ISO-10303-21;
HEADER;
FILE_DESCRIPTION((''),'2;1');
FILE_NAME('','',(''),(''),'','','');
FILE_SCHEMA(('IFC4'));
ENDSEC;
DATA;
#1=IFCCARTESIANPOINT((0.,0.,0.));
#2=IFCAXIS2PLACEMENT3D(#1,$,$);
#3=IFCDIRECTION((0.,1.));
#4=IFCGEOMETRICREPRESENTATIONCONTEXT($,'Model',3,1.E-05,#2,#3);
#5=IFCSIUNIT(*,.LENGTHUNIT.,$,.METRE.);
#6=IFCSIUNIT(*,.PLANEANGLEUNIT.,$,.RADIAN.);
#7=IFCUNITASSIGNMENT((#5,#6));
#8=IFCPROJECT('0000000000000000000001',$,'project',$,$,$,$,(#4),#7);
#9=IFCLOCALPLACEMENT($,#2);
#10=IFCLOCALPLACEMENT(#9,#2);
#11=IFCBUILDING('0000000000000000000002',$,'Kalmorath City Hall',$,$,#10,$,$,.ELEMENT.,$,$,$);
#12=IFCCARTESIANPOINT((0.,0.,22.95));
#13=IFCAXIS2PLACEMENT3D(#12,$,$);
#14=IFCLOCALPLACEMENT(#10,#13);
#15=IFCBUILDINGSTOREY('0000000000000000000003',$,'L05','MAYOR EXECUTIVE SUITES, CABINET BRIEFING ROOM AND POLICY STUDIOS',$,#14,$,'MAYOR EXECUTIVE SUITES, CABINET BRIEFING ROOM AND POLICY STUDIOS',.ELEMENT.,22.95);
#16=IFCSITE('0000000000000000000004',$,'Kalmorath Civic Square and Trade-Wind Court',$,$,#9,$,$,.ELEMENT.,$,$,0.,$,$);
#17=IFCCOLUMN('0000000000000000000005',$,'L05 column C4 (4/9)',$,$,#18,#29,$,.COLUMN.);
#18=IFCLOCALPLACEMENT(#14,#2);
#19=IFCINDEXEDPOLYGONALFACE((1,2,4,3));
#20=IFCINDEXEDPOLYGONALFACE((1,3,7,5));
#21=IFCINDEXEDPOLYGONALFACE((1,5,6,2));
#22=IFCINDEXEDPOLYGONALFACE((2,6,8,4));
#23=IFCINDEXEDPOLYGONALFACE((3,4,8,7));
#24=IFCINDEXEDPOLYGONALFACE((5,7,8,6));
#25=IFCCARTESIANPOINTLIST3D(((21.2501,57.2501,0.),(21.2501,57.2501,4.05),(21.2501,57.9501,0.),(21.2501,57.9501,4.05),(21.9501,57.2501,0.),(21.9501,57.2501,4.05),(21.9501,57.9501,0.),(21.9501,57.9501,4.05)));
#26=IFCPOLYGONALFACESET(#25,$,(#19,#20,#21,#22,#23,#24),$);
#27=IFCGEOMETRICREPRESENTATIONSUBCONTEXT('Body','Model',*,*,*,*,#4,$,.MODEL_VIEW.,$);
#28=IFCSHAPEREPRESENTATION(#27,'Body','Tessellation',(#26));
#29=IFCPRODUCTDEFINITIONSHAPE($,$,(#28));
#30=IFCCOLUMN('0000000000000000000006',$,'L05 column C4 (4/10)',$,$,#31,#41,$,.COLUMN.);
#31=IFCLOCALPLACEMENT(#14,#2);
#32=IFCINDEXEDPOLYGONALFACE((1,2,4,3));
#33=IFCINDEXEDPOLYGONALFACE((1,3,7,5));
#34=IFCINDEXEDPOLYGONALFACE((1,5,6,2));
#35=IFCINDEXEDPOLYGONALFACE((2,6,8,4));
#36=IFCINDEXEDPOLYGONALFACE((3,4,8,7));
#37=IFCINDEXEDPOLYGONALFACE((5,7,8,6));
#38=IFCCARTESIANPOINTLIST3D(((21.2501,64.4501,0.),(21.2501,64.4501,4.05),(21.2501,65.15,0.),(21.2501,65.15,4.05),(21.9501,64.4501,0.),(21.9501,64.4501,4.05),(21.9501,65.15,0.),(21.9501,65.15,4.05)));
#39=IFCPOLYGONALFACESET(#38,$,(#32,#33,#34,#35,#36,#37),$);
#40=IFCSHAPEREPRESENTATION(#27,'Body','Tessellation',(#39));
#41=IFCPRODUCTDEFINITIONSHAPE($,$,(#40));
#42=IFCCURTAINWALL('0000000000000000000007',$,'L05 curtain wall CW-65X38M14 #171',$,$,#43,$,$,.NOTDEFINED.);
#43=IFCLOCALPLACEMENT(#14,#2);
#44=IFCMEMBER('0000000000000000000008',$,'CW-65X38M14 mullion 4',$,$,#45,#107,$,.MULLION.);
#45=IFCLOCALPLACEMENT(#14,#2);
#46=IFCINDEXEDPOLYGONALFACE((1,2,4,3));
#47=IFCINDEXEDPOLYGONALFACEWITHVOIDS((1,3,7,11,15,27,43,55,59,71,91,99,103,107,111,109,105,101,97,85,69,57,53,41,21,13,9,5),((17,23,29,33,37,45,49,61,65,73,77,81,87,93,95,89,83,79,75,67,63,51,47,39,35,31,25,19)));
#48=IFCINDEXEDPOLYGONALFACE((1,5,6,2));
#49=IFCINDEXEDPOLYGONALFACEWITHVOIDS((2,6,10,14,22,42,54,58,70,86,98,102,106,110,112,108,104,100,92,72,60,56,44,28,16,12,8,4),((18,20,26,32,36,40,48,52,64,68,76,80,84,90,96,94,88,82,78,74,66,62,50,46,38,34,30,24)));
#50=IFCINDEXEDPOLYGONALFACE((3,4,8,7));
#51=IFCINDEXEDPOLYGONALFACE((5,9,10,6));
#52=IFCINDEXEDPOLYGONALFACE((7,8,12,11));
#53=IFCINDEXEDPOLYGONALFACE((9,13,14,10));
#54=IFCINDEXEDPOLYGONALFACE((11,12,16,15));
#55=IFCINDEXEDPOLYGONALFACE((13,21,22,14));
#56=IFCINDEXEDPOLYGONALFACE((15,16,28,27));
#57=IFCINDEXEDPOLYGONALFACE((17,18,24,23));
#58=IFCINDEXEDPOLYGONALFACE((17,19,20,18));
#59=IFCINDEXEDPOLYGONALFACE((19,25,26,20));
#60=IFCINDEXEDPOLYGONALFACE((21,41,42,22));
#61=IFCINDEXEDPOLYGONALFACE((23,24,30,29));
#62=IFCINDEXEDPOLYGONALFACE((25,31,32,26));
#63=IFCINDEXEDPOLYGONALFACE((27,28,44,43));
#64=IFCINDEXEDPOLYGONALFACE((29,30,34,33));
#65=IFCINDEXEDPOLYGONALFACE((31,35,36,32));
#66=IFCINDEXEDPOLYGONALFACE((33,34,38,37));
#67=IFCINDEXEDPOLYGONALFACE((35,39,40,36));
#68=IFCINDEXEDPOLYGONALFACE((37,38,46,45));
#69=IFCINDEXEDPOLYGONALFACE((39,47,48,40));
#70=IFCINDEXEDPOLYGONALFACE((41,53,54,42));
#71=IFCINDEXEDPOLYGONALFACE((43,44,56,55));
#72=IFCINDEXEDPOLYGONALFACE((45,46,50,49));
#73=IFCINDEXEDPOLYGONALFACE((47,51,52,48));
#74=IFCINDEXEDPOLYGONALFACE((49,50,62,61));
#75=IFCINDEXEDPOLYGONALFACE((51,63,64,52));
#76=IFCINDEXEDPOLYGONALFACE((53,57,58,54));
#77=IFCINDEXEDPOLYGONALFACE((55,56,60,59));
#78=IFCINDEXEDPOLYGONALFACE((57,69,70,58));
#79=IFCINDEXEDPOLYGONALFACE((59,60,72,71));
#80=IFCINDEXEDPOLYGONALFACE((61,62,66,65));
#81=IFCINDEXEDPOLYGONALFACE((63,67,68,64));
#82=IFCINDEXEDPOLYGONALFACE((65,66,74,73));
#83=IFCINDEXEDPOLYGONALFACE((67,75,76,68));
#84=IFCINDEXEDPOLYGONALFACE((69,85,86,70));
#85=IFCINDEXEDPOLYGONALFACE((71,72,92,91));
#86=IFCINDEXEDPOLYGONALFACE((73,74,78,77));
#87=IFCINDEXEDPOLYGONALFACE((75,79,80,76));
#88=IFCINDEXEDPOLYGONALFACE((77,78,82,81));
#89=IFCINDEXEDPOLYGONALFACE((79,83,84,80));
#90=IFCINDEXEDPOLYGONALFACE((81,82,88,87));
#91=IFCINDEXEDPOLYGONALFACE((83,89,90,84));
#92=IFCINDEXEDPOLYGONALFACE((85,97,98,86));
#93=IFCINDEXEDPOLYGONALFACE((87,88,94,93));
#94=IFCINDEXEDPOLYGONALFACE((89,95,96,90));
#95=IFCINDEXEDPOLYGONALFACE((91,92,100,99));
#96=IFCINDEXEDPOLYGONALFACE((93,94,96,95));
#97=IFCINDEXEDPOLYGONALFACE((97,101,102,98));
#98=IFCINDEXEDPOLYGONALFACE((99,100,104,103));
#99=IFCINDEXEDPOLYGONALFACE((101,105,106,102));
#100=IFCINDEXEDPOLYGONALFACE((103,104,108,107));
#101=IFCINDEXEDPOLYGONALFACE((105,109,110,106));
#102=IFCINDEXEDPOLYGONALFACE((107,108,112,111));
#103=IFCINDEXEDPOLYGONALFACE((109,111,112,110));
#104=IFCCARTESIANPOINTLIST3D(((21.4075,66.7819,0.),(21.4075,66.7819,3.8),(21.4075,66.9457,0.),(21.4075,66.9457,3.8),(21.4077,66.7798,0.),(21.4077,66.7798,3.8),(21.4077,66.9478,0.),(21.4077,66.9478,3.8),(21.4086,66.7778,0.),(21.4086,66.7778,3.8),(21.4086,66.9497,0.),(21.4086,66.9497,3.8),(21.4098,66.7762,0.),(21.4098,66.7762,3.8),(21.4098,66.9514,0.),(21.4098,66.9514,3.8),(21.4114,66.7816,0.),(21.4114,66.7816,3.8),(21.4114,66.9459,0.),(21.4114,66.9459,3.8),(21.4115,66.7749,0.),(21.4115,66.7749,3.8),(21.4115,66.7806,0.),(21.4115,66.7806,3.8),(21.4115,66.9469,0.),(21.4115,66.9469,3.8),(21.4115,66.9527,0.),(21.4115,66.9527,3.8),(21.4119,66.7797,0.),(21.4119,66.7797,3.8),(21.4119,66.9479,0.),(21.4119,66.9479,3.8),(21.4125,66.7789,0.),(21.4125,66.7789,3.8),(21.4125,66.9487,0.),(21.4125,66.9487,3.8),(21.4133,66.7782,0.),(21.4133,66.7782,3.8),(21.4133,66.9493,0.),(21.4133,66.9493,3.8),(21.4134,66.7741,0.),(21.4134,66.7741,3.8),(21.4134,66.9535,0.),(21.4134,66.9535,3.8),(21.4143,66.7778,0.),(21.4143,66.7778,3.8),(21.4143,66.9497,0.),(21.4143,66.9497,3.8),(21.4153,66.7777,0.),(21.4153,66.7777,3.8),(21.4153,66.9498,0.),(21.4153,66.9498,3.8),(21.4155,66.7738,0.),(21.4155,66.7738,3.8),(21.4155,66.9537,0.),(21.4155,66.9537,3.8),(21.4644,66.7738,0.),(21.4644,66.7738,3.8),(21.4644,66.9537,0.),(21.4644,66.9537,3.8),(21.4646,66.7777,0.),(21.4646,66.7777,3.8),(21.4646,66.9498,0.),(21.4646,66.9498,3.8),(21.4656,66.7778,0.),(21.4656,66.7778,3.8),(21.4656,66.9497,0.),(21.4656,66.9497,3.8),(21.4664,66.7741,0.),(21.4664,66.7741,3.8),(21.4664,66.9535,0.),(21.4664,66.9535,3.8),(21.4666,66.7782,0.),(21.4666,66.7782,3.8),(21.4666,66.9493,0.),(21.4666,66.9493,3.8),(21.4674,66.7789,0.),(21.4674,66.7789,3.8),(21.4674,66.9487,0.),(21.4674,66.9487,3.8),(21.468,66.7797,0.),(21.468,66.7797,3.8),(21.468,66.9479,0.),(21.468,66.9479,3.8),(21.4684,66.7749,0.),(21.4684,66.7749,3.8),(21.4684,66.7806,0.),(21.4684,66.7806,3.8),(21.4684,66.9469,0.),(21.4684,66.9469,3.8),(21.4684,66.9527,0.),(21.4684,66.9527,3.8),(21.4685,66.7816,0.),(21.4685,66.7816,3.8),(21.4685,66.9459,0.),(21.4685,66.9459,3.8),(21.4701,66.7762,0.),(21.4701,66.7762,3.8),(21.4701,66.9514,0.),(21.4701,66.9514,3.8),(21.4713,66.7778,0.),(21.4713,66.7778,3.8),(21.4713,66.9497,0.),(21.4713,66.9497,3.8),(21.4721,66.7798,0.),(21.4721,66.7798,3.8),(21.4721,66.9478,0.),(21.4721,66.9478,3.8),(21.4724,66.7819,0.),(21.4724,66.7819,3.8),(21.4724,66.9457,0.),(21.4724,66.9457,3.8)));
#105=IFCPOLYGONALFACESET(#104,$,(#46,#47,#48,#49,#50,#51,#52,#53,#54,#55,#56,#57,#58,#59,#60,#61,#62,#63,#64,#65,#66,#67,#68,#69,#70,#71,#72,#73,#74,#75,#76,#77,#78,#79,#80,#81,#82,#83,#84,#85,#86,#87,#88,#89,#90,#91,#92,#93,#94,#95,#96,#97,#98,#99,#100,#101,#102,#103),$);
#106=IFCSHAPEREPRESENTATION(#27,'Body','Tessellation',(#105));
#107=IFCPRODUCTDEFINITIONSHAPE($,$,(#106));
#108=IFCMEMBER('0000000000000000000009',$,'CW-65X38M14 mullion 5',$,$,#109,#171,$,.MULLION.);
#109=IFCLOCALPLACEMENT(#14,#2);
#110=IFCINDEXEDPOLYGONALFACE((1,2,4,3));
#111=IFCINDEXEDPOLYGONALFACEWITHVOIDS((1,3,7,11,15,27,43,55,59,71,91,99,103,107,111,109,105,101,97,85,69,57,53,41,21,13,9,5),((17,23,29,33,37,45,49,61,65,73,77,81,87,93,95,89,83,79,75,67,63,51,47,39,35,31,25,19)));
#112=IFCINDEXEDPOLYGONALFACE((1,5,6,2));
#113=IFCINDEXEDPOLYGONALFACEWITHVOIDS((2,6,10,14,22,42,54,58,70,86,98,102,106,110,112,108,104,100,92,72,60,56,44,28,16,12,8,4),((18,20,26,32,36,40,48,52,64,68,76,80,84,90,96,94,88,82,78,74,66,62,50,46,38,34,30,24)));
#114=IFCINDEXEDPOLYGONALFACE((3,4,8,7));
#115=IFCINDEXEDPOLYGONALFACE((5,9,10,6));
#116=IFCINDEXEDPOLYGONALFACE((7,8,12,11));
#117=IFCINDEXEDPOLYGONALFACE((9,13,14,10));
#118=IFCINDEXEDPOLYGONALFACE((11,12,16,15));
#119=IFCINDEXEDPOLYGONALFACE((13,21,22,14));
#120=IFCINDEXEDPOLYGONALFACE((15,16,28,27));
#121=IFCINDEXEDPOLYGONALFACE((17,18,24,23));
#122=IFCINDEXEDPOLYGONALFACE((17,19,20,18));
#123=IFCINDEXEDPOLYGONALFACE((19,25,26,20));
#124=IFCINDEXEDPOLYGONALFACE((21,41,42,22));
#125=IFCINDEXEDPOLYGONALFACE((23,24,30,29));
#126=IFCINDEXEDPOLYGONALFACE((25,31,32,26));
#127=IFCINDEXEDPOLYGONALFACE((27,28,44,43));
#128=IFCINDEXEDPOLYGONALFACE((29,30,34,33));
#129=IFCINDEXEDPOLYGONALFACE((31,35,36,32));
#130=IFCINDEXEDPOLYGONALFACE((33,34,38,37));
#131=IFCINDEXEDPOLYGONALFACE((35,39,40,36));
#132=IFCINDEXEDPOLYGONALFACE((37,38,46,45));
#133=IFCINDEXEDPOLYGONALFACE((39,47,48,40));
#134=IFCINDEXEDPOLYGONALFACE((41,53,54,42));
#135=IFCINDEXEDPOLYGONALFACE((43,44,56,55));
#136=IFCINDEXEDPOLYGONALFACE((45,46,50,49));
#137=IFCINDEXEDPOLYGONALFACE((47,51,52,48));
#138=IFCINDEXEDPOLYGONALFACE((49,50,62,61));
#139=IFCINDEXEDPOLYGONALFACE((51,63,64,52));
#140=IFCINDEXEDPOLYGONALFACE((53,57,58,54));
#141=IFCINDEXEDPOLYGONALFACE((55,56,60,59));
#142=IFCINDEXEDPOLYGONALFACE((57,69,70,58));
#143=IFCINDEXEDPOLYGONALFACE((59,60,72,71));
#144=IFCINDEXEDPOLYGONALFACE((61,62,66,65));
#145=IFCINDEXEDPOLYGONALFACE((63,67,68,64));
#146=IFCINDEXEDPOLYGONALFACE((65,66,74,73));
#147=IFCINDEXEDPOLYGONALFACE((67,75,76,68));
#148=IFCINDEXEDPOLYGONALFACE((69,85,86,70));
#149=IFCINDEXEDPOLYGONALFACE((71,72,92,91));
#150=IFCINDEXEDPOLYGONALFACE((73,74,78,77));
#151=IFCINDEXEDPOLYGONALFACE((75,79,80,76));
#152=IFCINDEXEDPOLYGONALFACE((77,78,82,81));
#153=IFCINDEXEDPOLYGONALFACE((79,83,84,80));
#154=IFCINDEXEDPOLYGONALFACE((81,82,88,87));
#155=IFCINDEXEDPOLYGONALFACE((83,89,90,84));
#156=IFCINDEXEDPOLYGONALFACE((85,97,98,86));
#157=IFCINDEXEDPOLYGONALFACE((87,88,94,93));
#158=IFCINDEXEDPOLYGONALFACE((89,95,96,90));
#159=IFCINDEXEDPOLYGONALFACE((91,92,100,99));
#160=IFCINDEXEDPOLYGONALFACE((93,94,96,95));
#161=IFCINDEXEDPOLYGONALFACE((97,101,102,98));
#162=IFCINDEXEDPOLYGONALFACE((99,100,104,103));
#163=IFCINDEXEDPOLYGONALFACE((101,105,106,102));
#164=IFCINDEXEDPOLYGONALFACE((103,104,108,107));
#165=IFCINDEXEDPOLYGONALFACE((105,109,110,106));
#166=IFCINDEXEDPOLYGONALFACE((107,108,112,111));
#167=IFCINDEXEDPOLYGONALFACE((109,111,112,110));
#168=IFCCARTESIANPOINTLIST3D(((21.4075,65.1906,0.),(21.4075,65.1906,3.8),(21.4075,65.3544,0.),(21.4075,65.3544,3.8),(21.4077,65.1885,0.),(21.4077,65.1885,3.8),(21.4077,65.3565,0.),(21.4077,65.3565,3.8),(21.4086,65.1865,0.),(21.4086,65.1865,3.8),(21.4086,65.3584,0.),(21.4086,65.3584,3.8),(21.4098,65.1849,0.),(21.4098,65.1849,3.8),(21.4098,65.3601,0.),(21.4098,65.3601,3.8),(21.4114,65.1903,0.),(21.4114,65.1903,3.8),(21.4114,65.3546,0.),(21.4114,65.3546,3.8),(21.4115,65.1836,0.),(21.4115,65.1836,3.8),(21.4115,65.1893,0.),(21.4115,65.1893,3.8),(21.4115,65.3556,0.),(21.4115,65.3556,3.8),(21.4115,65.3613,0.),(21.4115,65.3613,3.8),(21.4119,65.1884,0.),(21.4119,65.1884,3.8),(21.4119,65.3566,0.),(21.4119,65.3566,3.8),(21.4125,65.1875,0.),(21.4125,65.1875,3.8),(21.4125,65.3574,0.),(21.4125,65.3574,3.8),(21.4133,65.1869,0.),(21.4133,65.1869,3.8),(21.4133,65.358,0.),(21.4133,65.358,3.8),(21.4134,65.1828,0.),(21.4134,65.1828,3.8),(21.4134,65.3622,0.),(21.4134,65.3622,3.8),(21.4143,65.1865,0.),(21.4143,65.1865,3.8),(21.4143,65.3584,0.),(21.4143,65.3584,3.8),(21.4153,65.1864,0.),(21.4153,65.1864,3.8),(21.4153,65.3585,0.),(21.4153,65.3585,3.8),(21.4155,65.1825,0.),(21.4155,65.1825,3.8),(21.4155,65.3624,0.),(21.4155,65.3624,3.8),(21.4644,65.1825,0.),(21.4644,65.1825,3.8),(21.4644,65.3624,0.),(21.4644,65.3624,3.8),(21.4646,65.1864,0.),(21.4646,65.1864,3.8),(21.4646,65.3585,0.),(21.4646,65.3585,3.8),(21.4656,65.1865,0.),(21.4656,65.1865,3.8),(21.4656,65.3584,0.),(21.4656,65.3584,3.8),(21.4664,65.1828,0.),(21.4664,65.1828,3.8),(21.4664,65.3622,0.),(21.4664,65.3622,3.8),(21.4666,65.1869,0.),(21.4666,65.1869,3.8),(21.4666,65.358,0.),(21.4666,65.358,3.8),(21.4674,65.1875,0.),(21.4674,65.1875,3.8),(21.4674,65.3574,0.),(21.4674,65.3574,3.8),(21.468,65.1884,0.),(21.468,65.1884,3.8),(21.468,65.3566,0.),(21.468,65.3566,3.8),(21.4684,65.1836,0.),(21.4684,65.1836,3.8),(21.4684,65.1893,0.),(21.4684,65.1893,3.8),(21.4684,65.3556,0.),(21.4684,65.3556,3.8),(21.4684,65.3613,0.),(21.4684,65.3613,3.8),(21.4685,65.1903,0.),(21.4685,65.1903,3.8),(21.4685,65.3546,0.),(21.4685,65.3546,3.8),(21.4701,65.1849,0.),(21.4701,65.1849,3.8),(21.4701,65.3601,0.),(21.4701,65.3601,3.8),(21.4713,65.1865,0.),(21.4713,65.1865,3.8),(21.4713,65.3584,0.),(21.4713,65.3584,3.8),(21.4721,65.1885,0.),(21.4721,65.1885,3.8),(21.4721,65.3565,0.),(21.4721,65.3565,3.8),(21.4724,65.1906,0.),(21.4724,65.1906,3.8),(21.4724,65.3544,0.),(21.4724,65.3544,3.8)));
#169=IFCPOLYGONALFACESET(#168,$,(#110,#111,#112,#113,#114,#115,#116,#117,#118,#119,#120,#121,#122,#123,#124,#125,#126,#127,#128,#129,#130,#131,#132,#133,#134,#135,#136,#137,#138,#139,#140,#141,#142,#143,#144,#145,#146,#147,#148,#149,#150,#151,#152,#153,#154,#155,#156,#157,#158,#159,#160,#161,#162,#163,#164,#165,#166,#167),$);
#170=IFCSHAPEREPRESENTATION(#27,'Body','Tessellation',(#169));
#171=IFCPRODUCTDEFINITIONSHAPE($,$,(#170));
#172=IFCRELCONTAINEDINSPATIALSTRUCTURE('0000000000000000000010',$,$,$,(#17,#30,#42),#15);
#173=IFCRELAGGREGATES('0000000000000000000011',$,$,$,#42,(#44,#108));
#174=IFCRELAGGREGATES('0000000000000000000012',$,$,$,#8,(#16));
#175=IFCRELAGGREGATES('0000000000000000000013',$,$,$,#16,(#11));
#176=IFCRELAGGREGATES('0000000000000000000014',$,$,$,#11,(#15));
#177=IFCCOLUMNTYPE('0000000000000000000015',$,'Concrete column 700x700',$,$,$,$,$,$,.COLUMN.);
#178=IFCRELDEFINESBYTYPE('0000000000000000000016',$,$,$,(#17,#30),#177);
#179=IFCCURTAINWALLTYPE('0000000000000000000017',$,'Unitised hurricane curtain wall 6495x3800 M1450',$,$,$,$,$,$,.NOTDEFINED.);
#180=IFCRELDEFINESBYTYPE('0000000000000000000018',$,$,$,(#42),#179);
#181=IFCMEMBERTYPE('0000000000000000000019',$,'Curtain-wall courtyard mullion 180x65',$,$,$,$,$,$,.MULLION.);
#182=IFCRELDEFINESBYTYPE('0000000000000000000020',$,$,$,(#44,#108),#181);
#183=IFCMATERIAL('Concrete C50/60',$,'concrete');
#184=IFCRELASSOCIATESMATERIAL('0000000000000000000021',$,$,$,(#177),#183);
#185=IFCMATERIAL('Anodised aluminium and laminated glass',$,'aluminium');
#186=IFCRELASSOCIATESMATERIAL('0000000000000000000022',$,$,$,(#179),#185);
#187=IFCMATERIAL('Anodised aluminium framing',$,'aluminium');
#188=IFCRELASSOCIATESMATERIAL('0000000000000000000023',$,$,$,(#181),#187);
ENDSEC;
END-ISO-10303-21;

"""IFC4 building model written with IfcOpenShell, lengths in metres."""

from ifc_helpers import new_model, si_unit, direction, frame, origin, origin_2d, place, context, subcontext, project, spatial, rectangle, hollow_rectangle, extrude, material, material_profile, profile_set, type_object, element, aggregate, save


model = new_model("IFC4")

# Units and contexts
model_context = context("Model", 3, precision=1e-05, world=origin(), true_north=direction((0.0, 1.0)))
body_context = subcontext(model_context, "Body", "Model", "MODEL_VIEW")
ifc_project = project(units=[si_unit("LENGTHUNIT", "METRE"), si_unit("PLANEANGLEUNIT", "RADIAN")], contexts=[model_context])

# Site, building, storey
site_placement = place(None, origin())
site = spatial("IfcSite", under=ifc_project, at=site_placement, Name="Kalmorath Civic Square and Trade-Wind Court", CompositionType="ELEMENT", RefElevation=0.0)
building_placement = place(site_placement, origin())
building = spatial("IfcBuilding", under=site, at=building_placement, Name="Kalmorath City Hall", CompositionType="ELEMENT")
storey_placement = place(building_placement, frame((0.0, 0.0, 22.95)))
storey = spatial("IfcBuildingStorey", under=building, at=storey_placement, Name="L05", Description="MAYOR EXECUTIVE SUITES, CABINET BRIEFING ROOM AND POLICY STUDIOS", LongName="MAYOR EXECUTIVE SUITES, CABINET BRIEFING ROOM AND POLICY STUDIOS", CompositionType="ELEMENT", Elevation=22.95)

# Columns
ifc_material_1 = material(Name="Concrete C50/60", Category="concrete")
ifc_material_profile_1 = material_profile(ifc_material_1, rectangle(XDim=0.7, YDim=0.7, at=origin_2d()), Name="RC-COL-700X700")
ifc_profile_set_1 = profile_set([ifc_material_profile_1], Name="Concrete C50/60")
column_type = type_object("IfcColumnType", Name="Concrete column 700x700", PredefinedType="COLUMN", material=ifc_profile_set_1)
for number, where, z_axis, x_axis, name in (
    (1, (21.6001, 57.6001, 0.0), (0.0, 0.0, 1.0), (1.0, 0.0, 0.0), "L05 column C4 (4/9)"),
    (2, (21.6001, 64.8, 0.0), (0.0, 0.0, 1.0), (1.0, 0.0, 0.0), "L05 column C4 (4/10)"),
):
    element("IfcColumn", number, at=place(storey_placement, frame(where, z_axis=z_axis, x_axis=x_axis)), inside=storey, type_object=column_type, Name=name, PredefinedType="COLUMN", context=body_context, shape_type="SweptSolid", body=[
        extrude(rectangle(XDim=0.7, YDim=0.7, at=origin_2d()), origin(), (0.0, 0.0, 1.0), 4.05),
    ])

# Curtain wall, members
ifc_material_2 = material(Name="Anodised aluminium and laminated glass", Category="aluminium")
curtain_wall_type = type_object("IfcCurtainWallType", Name="Unitised hurricane curtain wall 6495x3800 M1450", PredefinedType="NOTDEFINED", material=ifc_material_2)
curtain_wall_placement = place(storey_placement, origin())
curtain_wall = element("IfcCurtainWall", 3, at=curtain_wall_placement, inside=storey, type_object=curtain_wall_type, Name="L05 curtain wall CW-65X38M14 #171", PredefinedType="NOTDEFINED")
ifc_material_3 = material(Name="Anodised aluminium framing", Category="aluminium")
ifc_material_profile_2 = material_profile(ifc_material_3, hollow_rectangle(XDim=0.0649, YDim=0.1799, WallThickness=0.0039, InnerFilletRadius=0.0039, OuterFilletRadius=0.0081, at=origin_2d()), Name="ALU-MUL-180X65X4")
ifc_profile_set_2 = profile_set([ifc_material_profile_2], Name="Anodised aluminium framing")
member_type_1 = type_object("IfcMemberType", Name="Curtain-wall courtyard mullion 180x65", PredefinedType="MULLION", material=ifc_profile_set_2)
member_1_placement = place(storey_placement, frame((21.4399, 66.8638, 0.0), z_axis=(0.0, 0.0, 1.0), x_axis=(1.0, 0.0, 0.0)))
member_1 = element("IfcMember", 4, at=member_1_placement, type_object=member_type_1, Name="CW-65X38M14 mullion 4", PredefinedType="MULLION", context=body_context, shape_type="SweptSolid", body=[
    extrude(hollow_rectangle(XDim=0.0649, YDim=0.1799, WallThickness=0.0039, InnerFilletRadius=0.0039, OuterFilletRadius=0.0081, at=origin_2d()), origin(), (0.0, 0.0, 1.0), 3.8),
])
member_2_placement = place(storey_placement, frame((21.4399, 65.2725, 0.0), z_axis=(0.0, 0.0, 1.0), x_axis=(1.0, 0.0, 0.0)))
member_2 = element("IfcMember", 5, at=member_2_placement, type_object=member_type_1, Name="CW-65X38M14 mullion 5", PredefinedType="MULLION", context=body_context, shape_type="SweptSolid", body=[
    extrude(hollow_rectangle(XDim=0.0649, YDim=0.1799, WallThickness=0.0039, InnerFilletRadius=0.0039, OuterFilletRadius=0.0081, at=origin_2d()), origin(), (0.0, 0.0, 1.0), 3.8),
])

aggregate(curtain_wall, [member_1, member_2])

save(model, "model.ifc")
